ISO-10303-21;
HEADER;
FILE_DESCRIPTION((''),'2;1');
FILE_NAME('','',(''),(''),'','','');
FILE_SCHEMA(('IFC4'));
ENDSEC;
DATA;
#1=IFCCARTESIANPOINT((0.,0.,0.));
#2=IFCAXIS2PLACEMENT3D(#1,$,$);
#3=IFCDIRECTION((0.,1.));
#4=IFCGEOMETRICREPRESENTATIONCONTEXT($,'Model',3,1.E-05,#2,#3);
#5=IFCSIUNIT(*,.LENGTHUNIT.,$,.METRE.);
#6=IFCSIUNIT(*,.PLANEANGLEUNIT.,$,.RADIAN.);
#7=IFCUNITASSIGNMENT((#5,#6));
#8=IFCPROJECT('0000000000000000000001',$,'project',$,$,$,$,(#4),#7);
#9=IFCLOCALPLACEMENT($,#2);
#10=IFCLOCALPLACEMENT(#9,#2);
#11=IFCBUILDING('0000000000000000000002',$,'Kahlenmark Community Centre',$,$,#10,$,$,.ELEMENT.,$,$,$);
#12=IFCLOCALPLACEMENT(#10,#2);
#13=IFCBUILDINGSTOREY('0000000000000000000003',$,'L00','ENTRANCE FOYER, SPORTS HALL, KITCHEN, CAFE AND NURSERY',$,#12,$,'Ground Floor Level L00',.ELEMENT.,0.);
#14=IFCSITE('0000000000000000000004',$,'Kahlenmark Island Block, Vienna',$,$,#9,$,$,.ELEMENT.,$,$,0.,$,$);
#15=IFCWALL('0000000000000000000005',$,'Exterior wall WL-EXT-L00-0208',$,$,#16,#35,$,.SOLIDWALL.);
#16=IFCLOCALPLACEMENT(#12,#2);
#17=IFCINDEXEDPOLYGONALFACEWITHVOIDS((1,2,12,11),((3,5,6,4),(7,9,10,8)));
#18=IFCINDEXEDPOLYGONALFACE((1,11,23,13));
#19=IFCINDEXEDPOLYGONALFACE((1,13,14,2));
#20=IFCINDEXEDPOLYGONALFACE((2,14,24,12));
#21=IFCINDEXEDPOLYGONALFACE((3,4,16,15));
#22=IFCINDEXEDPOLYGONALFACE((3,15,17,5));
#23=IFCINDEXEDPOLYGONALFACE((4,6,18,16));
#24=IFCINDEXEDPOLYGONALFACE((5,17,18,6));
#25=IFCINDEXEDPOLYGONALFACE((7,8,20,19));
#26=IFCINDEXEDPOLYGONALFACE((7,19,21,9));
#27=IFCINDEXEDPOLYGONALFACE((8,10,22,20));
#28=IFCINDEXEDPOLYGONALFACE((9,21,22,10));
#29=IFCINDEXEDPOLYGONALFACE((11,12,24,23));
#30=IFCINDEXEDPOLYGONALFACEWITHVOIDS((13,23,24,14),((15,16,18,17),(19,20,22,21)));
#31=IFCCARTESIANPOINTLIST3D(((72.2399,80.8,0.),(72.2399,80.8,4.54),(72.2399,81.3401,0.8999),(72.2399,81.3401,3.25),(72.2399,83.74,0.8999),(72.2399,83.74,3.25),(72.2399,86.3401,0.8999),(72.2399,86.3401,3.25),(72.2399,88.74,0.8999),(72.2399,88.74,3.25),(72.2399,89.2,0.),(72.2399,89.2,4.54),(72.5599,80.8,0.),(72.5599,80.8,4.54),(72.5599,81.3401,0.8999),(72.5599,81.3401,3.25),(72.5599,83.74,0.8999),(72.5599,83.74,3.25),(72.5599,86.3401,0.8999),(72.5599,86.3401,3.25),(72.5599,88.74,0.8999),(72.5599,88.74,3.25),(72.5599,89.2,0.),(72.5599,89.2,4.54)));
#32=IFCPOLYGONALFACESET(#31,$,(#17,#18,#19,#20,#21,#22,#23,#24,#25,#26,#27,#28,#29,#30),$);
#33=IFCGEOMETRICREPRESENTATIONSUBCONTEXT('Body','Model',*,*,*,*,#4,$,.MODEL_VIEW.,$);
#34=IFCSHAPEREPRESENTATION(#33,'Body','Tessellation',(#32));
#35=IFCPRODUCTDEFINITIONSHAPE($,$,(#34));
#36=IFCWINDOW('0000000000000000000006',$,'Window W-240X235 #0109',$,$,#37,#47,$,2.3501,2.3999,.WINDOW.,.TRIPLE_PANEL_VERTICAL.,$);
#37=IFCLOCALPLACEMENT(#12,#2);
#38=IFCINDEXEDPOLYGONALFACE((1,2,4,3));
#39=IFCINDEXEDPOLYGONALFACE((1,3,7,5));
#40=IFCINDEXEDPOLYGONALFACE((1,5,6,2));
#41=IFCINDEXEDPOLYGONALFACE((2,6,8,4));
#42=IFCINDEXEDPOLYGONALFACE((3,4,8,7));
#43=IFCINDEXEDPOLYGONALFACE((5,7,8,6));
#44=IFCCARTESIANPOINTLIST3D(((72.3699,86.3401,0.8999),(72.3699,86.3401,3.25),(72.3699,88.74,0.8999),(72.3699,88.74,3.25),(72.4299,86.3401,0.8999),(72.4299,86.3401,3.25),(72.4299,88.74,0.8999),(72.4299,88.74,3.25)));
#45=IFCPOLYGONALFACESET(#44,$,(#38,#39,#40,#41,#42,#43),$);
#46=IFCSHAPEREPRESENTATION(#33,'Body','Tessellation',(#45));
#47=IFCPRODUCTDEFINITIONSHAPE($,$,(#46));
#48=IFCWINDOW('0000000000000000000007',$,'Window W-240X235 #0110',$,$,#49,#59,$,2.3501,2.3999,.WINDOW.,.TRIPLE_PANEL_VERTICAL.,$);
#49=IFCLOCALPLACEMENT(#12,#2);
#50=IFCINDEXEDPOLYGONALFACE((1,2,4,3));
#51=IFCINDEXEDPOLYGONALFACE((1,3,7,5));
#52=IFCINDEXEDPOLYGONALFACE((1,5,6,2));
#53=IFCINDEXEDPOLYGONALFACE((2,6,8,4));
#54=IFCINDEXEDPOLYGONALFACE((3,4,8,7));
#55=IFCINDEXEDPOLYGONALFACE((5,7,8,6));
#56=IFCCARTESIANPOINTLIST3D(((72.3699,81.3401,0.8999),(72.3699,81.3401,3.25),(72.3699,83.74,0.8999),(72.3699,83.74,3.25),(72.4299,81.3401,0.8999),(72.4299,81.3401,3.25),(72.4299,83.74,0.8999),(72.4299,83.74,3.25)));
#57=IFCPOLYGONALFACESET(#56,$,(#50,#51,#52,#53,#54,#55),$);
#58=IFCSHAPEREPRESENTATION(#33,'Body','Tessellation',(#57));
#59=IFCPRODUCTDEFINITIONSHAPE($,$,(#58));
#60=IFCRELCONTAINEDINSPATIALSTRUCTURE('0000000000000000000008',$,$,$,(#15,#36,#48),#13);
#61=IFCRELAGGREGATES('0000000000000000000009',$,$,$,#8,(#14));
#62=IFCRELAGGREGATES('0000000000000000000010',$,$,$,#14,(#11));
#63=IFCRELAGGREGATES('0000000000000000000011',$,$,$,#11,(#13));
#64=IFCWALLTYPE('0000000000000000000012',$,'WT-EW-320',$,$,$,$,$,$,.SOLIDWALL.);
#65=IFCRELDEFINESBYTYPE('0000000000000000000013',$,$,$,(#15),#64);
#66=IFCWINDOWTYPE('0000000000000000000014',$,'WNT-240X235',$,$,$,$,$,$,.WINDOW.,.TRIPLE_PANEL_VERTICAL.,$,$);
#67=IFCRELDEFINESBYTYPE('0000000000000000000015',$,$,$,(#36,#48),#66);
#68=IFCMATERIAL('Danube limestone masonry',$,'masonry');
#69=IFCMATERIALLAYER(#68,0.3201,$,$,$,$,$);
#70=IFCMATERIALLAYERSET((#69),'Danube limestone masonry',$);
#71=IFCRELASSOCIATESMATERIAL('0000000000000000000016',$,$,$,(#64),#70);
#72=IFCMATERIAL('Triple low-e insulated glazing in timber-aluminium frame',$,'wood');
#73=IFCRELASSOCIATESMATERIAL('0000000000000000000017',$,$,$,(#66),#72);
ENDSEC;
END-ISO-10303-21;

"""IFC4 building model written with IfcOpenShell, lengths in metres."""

from ifc_helpers import new_model, si_unit, direction, frame, frame_2d, origin, place, context, subcontext, project, spatial, rectangle, extrude, material, layer, layer_set, type_object, element, fill, save


model = new_model("IFC4")

# Units and contexts
model_context = context("Model", 3, precision=1e-05, world=origin(), true_north=direction((0.0, 1.0)))
body_context = subcontext(model_context, "Body", "Model", "MODEL_VIEW")
ifc_project = project(units=[si_unit("LENGTHUNIT", "METRE"), si_unit("PLANEANGLEUNIT", "RADIAN")], contexts=[model_context])

# Site, building, storey
site_placement = place(None, origin())
site = spatial("IfcSite", under=ifc_project, at=site_placement, Name="Kahlenmark Island Block, Vienna", CompositionType="ELEMENT", RefElevation=0.0)
building_placement = place(site_placement, origin())
building = spatial("IfcBuilding", under=site, at=building_placement, Name="Kahlenmark Community Centre", CompositionType="ELEMENT")
storey_placement = place(building_placement, origin())
storey = spatial("IfcBuildingStorey", under=building, at=storey_placement, Name="L00", Description="ENTRANCE FOYER, SPORTS HALL, KITCHEN, CAFE AND NURSERY", LongName="Ground Floor Level L00", CompositionType="ELEMENT", Elevation=0.0)

# Shared definitions
ifc_material_1 = material(Name="Danube limestone masonry", Category="masonry")
ifc_layer_1 = layer(ifc_material_1, 0.3201)
ifc_layer_set_1 = layer_set([ifc_layer_1], Name="Danube limestone masonry")
wall_type_1 = type_object("IfcWallType", Name="WT-EW-320", PredefinedType="SOLIDWALL", material=ifc_layer_set_1)

# Wall, openings, windows
wall_1_placement = place(storey_placement, frame((72.3999, 89.2, 0.0), z_axis=(0.0, 0.0, 1.0), x_axis=(0.0, -1.0, 0.0)))
wall_1 = element("IfcWall", 1, at=wall_1_placement, inside=storey, type_object=wall_type_1, Name="Exterior wall WL-EXT-L00-0208", PredefinedType="SOLIDWALL", context=body_context, shape_type="SweptSolid", body=[
    extrude(rectangle(XDim=8.3999, YDim=0.3201, at=frame_2d((4.2, 0.0))), origin(), (0.0, 0.0, 1.0), 4.54),
])
opening_1_placement = place(wall_1_placement, frame((0.46, 0.0, 0.8999)))
opening_1 = element("IfcOpeningElement", 2, at=opening_1_placement, cuts=wall_1, PredefinedType="OPENING", context=body_context, shape_type="SweptSolid", body=[
    extrude(rectangle(XDim=2.3999, YDim=2.3501, at=frame_2d((1.2, 1.175))), frame((0.0, 0.1699, 0.0), z_axis=(0.0, -1.0, 0.0), x_axis=(1.0, 0.0, 0.0)), (0.0, 0.0, 1.0), 0.3401),
])
opening_2_placement = place(wall_1_placement, frame((5.46, 0.0, 0.8999)))
opening_2 = element("IfcOpeningElement", 3, at=opening_2_placement, cuts=wall_1, PredefinedType="OPENING", context=body_context, shape_type="SweptSolid", body=[
    extrude(rectangle(XDim=2.3999, YDim=2.3501, at=frame_2d((1.2, 1.175))), frame((0.0, 0.1699, 0.0), z_axis=(0.0, -1.0, 0.0), x_axis=(1.0, 0.0, 0.0)), (0.0, 0.0, 1.0), 0.3401),
])
ifc_material_2 = material(Name="Triple low-e insulated glazing in timber-aluminium frame", Category="wood")
window_type = type_object("IfcWindowType", Name="WNT-240X235", PartitioningType="TRIPLE_PANEL_VERTICAL", PredefinedType="WINDOW", material=ifc_material_2)
window_1_placement = place(opening_1_placement, origin())
window_1 = element("IfcWindow", 4, at=window_1_placement, inside=storey, type_object=window_type, Name="Window W-240X235 #0109", OverallHeight=2.3501, OverallWidth=2.3999, PartitioningType="TRIPLE_PANEL_VERTICAL", PredefinedType="WINDOW", context=body_context, shape_type="SweptSolid", body=[
    extrude(rectangle(XDim=2.3999, YDim=2.3501, at=frame_2d((1.2, 1.175))), frame((0.0, 0.03, 0.0), z_axis=(0.0, -1.0, 0.0), x_axis=(1.0, 0.0, 0.0)), (0.0, 0.0, 1.0), 0.0601),
])
fill(opening_1, window_1)
window_2_placement = place(opening_2_placement, origin())
window_2 = element("IfcWindow", 5, at=window_2_placement, inside=storey, type_object=window_type, Name="Window W-240X235 #0110", OverallHeight=2.3501, OverallWidth=2.3999, PartitioningType="TRIPLE_PANEL_VERTICAL", PredefinedType="WINDOW", context=body_context, shape_type="SweptSolid", body=[
    extrude(rectangle(XDim=2.3999, YDim=2.3501, at=frame_2d((1.2, 1.175))), frame((0.0, 0.03, 0.0), z_axis=(0.0, -1.0, 0.0), x_axis=(1.0, 0.0, 0.0)), (0.0, 0.0, 1.0), 0.0601),
])
fill(opening_2, window_2)

save(model, "model.ifc")
